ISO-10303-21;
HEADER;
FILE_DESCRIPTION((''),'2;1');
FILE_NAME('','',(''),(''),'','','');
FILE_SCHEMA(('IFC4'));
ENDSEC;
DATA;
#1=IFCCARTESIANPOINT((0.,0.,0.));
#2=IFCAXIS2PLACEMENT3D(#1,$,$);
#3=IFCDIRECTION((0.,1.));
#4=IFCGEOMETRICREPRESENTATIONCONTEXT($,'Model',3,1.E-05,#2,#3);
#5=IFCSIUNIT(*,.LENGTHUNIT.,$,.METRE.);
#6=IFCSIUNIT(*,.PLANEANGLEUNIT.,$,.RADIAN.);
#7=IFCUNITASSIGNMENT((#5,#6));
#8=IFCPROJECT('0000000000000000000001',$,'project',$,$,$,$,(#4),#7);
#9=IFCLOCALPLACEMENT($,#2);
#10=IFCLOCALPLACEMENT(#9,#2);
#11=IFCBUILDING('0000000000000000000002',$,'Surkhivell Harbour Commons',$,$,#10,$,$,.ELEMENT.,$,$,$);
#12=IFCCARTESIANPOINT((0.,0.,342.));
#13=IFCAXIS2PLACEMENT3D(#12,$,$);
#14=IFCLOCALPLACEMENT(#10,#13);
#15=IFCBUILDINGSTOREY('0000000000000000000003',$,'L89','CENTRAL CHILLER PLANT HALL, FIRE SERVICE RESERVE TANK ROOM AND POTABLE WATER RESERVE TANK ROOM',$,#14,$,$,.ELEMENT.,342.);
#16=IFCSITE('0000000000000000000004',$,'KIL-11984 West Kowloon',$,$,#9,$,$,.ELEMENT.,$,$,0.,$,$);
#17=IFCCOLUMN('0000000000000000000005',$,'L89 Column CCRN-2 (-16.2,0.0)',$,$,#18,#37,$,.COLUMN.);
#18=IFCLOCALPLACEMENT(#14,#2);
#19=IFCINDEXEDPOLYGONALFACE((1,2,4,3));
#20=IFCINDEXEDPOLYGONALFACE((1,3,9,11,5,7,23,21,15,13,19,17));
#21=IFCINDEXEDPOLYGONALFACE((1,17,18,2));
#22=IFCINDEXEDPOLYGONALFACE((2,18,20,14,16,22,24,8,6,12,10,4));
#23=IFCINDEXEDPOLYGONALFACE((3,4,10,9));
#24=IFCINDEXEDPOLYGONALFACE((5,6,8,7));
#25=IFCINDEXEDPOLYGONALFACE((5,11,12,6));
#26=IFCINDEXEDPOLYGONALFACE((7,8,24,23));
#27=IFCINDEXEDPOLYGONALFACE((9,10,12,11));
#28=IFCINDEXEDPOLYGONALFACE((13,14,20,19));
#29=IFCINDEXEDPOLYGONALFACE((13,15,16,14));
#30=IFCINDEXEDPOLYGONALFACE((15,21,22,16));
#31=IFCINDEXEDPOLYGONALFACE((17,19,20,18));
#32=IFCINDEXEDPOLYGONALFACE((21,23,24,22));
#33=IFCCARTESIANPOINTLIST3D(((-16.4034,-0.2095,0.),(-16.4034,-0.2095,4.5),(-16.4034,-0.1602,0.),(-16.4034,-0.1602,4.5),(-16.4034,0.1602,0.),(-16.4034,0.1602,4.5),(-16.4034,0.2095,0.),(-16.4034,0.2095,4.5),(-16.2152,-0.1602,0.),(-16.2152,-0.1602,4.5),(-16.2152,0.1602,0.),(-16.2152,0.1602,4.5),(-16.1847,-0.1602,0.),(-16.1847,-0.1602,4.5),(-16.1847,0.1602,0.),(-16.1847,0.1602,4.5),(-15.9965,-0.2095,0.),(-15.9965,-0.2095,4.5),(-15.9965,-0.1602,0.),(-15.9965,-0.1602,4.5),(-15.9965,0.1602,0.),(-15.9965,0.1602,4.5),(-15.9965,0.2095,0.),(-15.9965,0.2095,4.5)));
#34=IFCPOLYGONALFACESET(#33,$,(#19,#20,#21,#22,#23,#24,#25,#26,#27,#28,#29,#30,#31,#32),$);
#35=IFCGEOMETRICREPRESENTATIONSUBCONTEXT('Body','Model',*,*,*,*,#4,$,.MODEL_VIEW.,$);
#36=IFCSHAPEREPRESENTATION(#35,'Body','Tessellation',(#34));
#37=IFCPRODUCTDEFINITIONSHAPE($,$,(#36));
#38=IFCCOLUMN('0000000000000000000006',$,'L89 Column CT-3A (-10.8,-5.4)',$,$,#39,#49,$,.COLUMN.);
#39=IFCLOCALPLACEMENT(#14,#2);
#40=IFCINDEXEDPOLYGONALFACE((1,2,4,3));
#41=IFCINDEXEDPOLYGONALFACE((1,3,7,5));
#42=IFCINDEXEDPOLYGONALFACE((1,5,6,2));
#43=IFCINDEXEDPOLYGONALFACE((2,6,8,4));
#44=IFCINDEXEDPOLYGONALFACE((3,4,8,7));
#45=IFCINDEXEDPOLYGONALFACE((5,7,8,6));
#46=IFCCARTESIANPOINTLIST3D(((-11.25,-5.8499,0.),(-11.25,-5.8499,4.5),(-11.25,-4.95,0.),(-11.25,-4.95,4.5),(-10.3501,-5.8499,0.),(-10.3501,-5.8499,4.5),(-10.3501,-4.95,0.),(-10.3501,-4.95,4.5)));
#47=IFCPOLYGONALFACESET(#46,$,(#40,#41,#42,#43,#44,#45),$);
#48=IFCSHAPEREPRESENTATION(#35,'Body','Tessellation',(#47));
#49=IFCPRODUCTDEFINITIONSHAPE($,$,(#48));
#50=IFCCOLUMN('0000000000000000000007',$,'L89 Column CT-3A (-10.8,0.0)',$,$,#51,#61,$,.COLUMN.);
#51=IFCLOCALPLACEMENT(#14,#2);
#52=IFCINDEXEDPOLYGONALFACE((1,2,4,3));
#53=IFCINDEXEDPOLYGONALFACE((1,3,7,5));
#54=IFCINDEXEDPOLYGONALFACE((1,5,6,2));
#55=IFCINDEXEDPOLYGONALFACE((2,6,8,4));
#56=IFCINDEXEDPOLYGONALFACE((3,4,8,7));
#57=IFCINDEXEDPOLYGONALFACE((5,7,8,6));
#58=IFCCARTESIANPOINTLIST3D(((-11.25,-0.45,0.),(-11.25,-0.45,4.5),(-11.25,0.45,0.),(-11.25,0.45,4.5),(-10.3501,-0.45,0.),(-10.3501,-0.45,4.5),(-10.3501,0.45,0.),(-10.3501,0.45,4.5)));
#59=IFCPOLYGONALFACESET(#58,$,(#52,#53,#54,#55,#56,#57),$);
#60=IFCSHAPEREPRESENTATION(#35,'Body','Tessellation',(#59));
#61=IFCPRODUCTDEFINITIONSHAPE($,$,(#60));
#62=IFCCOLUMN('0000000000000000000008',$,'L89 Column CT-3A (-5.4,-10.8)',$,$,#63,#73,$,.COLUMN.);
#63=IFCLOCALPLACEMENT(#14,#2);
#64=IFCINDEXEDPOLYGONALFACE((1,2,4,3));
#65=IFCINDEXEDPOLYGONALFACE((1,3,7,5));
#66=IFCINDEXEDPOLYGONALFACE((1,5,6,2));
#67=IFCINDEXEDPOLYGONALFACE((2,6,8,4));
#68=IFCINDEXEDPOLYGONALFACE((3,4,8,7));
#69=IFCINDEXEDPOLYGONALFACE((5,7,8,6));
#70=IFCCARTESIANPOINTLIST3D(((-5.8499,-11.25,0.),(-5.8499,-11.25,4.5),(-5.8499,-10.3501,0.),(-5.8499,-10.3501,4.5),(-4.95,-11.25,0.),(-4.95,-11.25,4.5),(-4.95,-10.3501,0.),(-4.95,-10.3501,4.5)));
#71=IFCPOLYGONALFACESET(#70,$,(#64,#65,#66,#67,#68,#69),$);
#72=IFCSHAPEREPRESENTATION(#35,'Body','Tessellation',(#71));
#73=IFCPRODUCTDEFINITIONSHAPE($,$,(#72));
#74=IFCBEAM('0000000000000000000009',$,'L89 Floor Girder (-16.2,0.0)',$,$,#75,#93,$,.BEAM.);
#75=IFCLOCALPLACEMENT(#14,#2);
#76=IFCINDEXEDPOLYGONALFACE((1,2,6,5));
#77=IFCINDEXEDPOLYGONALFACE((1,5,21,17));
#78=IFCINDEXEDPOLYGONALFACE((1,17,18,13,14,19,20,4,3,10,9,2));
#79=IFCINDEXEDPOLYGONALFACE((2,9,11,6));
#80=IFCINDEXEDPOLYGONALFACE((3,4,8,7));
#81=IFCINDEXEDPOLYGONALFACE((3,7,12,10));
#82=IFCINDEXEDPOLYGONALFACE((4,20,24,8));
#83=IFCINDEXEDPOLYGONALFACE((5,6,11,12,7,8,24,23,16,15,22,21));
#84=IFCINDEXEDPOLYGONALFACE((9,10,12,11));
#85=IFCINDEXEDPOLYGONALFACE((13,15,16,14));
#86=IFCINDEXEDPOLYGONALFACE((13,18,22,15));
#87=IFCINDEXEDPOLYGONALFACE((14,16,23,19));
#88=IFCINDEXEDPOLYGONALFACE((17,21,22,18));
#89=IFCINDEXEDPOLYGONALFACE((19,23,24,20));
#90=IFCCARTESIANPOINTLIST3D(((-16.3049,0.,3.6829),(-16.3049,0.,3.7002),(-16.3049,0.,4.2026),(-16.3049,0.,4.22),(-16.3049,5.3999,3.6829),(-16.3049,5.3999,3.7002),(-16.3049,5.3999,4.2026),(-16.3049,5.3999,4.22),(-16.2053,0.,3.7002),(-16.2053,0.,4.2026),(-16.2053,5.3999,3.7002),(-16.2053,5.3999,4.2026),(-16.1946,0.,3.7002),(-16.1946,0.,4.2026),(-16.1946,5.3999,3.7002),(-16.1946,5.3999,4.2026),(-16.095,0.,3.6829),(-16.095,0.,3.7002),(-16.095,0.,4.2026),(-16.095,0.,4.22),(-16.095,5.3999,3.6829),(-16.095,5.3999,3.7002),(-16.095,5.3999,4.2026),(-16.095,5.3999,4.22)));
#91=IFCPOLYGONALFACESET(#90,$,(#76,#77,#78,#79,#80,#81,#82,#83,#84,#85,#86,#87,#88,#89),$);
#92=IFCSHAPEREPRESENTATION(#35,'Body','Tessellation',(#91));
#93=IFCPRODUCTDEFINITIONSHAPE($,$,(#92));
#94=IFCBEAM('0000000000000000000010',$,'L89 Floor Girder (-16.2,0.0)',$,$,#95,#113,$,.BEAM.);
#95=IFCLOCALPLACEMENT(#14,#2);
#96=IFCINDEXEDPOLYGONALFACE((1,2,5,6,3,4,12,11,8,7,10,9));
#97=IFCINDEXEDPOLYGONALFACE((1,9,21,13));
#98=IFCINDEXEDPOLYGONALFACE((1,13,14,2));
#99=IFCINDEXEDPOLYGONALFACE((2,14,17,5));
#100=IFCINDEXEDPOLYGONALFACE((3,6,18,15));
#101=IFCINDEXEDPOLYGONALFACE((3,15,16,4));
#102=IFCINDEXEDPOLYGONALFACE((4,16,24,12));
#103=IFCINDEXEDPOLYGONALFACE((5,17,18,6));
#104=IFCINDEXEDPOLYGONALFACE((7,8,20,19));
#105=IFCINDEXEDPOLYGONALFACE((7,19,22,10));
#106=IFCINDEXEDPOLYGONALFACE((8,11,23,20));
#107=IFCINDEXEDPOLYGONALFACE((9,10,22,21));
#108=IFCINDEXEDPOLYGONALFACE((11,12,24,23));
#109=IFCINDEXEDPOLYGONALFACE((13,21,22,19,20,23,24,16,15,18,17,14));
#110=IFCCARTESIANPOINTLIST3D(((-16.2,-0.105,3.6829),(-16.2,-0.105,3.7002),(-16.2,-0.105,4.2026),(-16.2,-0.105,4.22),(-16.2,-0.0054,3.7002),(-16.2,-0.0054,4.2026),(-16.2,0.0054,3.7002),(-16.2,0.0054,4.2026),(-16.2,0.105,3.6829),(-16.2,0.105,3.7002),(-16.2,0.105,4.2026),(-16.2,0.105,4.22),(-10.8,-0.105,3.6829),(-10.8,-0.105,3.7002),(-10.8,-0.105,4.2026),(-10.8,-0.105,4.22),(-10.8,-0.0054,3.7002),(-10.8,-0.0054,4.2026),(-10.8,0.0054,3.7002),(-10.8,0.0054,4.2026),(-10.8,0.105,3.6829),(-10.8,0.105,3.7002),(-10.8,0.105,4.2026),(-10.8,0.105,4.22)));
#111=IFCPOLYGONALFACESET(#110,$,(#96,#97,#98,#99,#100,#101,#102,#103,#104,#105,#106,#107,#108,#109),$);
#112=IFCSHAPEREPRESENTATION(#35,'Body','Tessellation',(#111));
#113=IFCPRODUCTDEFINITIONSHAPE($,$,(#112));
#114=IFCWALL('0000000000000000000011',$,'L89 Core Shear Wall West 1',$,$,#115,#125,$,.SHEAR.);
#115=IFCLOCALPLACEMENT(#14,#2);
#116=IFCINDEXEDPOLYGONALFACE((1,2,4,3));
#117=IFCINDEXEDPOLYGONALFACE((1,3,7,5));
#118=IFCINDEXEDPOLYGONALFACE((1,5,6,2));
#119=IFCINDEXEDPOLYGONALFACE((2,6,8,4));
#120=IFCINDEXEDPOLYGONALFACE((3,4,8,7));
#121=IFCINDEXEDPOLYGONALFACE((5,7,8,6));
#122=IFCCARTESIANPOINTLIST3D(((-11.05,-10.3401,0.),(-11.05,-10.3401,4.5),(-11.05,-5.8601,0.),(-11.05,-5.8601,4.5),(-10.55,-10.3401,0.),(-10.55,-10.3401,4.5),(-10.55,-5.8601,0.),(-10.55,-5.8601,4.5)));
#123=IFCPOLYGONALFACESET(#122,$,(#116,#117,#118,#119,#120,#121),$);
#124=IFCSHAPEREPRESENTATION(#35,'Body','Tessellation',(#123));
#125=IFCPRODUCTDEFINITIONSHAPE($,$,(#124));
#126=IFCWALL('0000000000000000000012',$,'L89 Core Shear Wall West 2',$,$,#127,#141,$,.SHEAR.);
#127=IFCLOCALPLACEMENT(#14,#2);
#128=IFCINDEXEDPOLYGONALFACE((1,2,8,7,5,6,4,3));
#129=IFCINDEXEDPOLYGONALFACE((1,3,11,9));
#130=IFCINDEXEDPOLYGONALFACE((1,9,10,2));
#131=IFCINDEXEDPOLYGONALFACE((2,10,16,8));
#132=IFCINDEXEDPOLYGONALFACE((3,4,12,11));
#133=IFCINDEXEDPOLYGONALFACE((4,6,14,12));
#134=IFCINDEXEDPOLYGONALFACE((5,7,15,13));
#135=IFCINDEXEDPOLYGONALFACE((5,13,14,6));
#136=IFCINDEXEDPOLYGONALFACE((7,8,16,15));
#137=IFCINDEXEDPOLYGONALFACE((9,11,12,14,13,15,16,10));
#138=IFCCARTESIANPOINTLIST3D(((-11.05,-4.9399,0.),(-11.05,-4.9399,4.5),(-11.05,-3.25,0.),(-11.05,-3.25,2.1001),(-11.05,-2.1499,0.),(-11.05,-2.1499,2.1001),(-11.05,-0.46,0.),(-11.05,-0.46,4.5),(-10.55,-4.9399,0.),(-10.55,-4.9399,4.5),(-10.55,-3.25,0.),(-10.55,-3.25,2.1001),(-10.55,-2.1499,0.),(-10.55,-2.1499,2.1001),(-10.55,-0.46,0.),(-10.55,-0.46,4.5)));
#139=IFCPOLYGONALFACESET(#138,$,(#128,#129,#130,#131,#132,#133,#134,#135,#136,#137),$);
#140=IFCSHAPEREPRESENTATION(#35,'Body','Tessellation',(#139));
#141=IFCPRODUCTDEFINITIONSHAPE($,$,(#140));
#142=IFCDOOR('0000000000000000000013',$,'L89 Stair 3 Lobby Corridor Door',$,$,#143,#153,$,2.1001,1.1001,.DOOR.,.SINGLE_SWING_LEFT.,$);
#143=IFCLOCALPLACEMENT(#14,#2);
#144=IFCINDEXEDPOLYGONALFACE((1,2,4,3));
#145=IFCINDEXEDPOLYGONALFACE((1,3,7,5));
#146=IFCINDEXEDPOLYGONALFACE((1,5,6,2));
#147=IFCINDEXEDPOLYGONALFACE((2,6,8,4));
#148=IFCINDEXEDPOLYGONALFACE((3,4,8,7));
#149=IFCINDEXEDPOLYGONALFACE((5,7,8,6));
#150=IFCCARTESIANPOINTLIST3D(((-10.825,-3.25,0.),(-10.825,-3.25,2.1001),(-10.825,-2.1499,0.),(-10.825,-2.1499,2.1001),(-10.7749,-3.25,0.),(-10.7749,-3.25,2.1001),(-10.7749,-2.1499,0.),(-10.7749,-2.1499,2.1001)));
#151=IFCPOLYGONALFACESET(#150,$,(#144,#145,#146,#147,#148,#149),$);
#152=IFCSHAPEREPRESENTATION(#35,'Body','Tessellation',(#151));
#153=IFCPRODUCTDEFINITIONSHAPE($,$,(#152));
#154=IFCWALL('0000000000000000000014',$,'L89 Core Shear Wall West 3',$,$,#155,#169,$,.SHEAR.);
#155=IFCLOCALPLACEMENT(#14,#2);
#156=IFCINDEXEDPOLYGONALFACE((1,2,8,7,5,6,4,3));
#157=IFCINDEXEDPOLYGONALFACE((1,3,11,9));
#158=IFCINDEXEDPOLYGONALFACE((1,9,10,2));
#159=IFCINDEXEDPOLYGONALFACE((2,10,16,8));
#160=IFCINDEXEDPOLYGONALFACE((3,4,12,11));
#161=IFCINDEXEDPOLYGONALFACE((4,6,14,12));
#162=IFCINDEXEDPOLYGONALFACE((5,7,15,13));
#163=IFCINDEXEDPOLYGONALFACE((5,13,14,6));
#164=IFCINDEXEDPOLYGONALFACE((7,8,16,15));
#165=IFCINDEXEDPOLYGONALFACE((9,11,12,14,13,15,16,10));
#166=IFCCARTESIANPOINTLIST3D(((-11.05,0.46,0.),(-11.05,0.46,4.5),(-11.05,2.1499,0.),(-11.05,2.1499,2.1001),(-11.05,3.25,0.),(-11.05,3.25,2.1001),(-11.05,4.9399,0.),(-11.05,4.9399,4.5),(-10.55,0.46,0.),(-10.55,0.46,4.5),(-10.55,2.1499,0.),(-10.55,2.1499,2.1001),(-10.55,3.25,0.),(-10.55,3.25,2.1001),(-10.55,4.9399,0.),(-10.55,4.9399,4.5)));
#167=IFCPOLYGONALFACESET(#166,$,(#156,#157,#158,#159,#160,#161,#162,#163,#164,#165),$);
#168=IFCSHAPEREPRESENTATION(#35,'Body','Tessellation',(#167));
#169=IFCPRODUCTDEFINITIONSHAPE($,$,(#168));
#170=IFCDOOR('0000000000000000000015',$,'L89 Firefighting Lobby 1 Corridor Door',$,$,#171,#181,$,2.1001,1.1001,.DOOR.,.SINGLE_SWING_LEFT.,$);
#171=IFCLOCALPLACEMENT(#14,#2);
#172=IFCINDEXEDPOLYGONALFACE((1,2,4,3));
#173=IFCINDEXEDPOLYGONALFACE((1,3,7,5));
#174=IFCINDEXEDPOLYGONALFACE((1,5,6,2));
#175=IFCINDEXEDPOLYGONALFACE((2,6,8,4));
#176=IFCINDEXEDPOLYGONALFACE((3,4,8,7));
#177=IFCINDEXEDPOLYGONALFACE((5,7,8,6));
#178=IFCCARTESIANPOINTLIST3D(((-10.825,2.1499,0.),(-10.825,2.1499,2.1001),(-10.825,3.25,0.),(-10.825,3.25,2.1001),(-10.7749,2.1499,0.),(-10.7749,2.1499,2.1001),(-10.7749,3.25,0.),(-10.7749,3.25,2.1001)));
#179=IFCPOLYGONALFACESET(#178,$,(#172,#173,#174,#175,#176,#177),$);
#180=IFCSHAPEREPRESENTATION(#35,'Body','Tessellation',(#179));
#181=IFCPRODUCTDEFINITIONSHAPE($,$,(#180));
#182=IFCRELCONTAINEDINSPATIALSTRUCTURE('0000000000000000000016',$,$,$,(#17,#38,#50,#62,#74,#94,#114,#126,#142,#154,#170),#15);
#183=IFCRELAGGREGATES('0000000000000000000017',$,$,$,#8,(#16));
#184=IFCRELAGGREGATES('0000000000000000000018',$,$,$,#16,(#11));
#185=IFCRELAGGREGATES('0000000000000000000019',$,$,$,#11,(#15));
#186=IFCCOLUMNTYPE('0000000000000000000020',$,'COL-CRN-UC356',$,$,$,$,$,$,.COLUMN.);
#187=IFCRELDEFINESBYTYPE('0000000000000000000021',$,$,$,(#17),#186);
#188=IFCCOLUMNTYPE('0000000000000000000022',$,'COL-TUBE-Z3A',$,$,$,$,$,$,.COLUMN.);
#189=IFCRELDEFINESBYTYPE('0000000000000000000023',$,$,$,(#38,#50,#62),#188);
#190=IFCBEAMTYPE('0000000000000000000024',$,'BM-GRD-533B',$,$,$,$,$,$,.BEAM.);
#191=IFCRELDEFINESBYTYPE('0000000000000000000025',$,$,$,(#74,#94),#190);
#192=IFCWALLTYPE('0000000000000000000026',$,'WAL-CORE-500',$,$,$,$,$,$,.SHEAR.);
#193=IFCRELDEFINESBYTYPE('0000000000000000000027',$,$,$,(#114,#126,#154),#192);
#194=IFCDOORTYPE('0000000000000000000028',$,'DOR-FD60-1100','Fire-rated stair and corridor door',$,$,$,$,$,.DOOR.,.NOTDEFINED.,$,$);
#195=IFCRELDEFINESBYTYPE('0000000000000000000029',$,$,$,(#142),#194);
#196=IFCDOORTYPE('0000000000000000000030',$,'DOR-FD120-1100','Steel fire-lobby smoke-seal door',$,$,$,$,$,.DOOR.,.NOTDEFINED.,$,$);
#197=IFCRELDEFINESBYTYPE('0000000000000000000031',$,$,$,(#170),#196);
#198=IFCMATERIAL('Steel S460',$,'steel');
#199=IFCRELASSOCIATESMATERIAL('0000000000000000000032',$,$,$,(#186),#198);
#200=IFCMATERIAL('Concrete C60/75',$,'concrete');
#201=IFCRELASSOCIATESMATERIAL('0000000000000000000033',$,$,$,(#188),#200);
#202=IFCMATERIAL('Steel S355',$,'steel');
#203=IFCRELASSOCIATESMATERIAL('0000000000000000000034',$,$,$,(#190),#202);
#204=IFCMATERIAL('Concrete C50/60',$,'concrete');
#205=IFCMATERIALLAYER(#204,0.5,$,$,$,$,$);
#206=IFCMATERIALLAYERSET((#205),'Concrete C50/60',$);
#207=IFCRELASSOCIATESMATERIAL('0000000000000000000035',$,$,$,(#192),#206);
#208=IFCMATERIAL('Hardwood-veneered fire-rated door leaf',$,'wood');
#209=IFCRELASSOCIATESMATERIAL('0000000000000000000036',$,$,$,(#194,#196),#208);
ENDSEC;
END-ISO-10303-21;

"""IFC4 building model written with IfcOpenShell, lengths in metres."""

from ifc_helpers import new_model, si_unit, direction, frame, frame_2d, origin, origin_2d, place, context, subcontext, project, spatial, rectangle, i_section, extrude, material, layer, layer_set, material_profile, profile_set, type_object, element, fill, save


model = new_model("IFC4")

# Units and contexts
model_context = context("Model", 3, precision=1e-05, world=origin(), true_north=direction((0.0, 1.0)))
body_context = subcontext(model_context, "Body", "Model", "MODEL_VIEW")
ifc_project = project(units=[si_unit("LENGTHUNIT", "METRE"), si_unit("PLANEANGLEUNIT", "RADIAN")], contexts=[model_context])

# Site, building, storey
site_placement = place(None, origin())
site = spatial("IfcSite", under=ifc_project, at=site_placement, Name="KIL-11984 West Kowloon", CompositionType="ELEMENT", RefElevation=0.0)
building_placement = place(site_placement, origin())
building = spatial("IfcBuilding", under=site, at=building_placement, Name="Surkhivell Harbour Commons", CompositionType="ELEMENT")
storey_placement = place(building_placement, frame((0.0, 0.0, 342.0)))
storey = spatial("IfcBuildingStorey", under=building, at=storey_placement, Name="L89", Description="CENTRAL CHILLER PLANT HALL, FIRE SERVICE RESERVE TANK ROOM AND POTABLE WATER RESERVE TANK ROOM", CompositionType="ELEMENT", Elevation=342.0)

# Columns
ifc_material_1 = material(Name="Steel S460", Category="steel")
ifc_material_profile_1 = material_profile(ifc_material_1, i_section(OverallWidth=0.407, OverallDepth=0.4189, WebThickness=0.0305, FlangeThickness=0.0493, at=origin_2d()), Name="UC356x406x393")
ifc_profile_set_1 = profile_set([ifc_material_profile_1], Name="Steel S460")
column_type_1 = type_object("IfcColumnType", Name="COL-CRN-UC356", PredefinedType="COLUMN", material=ifc_profile_set_1)
column_placement = place(storey_placement, frame((-16.2, 0.0, 0.0), z_axis=(0.0, 0.0, 1.0), x_axis=(1.0, 0.0, 0.0)))
element("IfcColumn", 1, at=column_placement, inside=storey, type_object=column_type_1, Name="L89 Column CCRN-2 (-16.2,0.0)", PredefinedType="COLUMN", context=body_context, shape_type="SweptSolid", body=[
    extrude(i_section(OverallWidth=0.407, OverallDepth=0.4189, WebThickness=0.0305, FlangeThickness=0.0493, at=origin_2d()), origin(), (0.0, 0.0, 1.0), 4.5),
])
ifc_material_2 = material(Name="Concrete C60/75", Category="concrete")
ifc_material_profile_2 = material_profile(ifc_material_2, rectangle(XDim=0.8999, YDim=0.8999, at=origin_2d()), Name="RC-COL-900x900")
ifc_profile_set_2 = profile_set([ifc_material_profile_2], Name="Concrete C60/75")
column_type_2 = type_object("IfcColumnType", Name="COL-TUBE-Z3A", PredefinedType="COLUMN", material=ifc_profile_set_2)
for number, where, z_axis, x_axis, name in (
    (2, (-10.8, -5.3999, 0.0), (0.0, 0.0, 1.0), (1.0, 0.0, 0.0), "L89 Column CT-3A (-10.8,-5.4)"),
    (3, (-10.8, 0.0, 0.0), (0.0, 0.0, 1.0), (1.0, 0.0, 0.0), "L89 Column CT-3A (-10.8,0.0)"),
    (4, (-5.3999, -10.8, 0.0), (0.0, 0.0, 1.0), (1.0, 0.0, 0.0), "L89 Column CT-3A (-5.4,-10.8)"),
):
    element("IfcColumn", number, at=place(storey_placement, frame(where, z_axis=z_axis, x_axis=x_axis)), inside=storey, type_object=column_type_2, Name=name, PredefinedType="COLUMN", context=body_context, shape_type="SweptSolid", body=[
        extrude(rectangle(XDim=0.8999, YDim=0.8999, at=origin_2d()), origin(), (0.0, 0.0, 1.0), 4.5),
    ])

# Beams
ifc_material_3 = material(Name="Steel S355", Category="steel")
ifc_material_profile_3 = material_profile(ifc_material_3, i_section(OverallWidth=0.21, OverallDepth=0.5371, WebThickness=0.0107, FlangeThickness=0.0173, at=origin_2d()), Name="UB533x210x101")
ifc_profile_set_3 = profile_set([ifc_material_profile_3], Name="Steel S355")
beam_type = type_object("IfcBeamType", Name="BM-GRD-533B", PredefinedType="BEAM", material=ifc_profile_set_3)
for number, where, z_axis, x_axis, name in (
    (5, (-16.2, 0.0, 3.9514), (0.0, 1.0, 0.0), (-1.0, 0.0, 0.0), "L89 Floor Girder (-16.2,0.0)"),
    (6, (-16.2, 0.0, 3.9514), (1.0, 0.0, 0.0), (0.0, 1.0, 0.0), "L89 Floor Girder (-16.2,0.0)"),
):
    element("IfcBeam", number, at=place(storey_placement, frame(where, z_axis=z_axis, x_axis=x_axis)), inside=storey, type_object=beam_type, Name=name, PredefinedType="BEAM", context=body_context, shape_type="SweptSolid", body=[
        extrude(i_section(OverallWidth=0.21, OverallDepth=0.5371, WebThickness=0.0107, FlangeThickness=0.0173, at=origin_2d()), origin(), (0.0, 0.0, 1.0), 5.3999),
    ])

# Wall
ifc_material_4 = material(Name="Concrete C50/60", Category="concrete")
ifc_layer_1 = layer(ifc_material_4, 0.5)
ifc_layer_set_1 = layer_set([ifc_layer_1], Name="Concrete C50/60")
wall_type_1 = type_object("IfcWallType", Name="WAL-CORE-500", PredefinedType="SHEAR", material=ifc_layer_set_1)
wall_1_placement = place(storey_placement, frame((-10.8, -10.3401, 0.0), z_axis=(0.0, 0.0, 1.0), x_axis=(0.0, 1.0, 0.0)))
element("IfcWall", 7, at=wall_1_placement, inside=storey, type_object=wall_type_1, Name="L89 Core Shear Wall West 1", PredefinedType="SHEAR", context=body_context, shape_type="SweptSolid", body=[
    extrude(rectangle(XDim=4.48, YDim=0.5, at=frame_2d((2.24, 0.0))), origin(), (0.0, 0.0, 1.0), 4.5),
])

# Walls, openings, doors
wall_2_placement = place(storey_placement, frame((-10.8, -4.9399, 0.0), z_axis=(0.0, 0.0, 1.0), x_axis=(0.0, 1.0, 0.0)))
wall_2 = element("IfcWall", 8, at=wall_2_placement, inside=storey, type_object=wall_type_1, Name="L89 Core Shear Wall West 2", PredefinedType="SHEAR", context=body_context, shape_type="SweptSolid", body=[
    extrude(rectangle(XDim=4.48, YDim=0.5, at=frame_2d((2.24, 0.0))), origin(), (0.0, 0.0, 1.0), 4.5),
])
opening_1_placement = place(wall_2_placement, frame((1.6899, 0.0, 0.0)))
opening_1 = element("IfcOpeningElement", 9, at=opening_1_placement, cuts=wall_2, PredefinedType="OPENING", context=body_context, shape_type="SweptSolid", body=[
    extrude(rectangle(XDim=1.1001, YDim=2.1001, at=frame_2d((0.55, 1.05))), frame((0.0, 0.26, 0.0), z_axis=(0.0, -1.0, 0.0), x_axis=(1.0, 0.0, 0.0)), (0.0, 0.0, 1.0), 0.52),
])
ifc_material_5 = material(Name="Hardwood-veneered fire-rated door leaf", Category="wood")
door_type_1 = type_object("IfcDoorType", Name="DOR-FD60-1100", Description="Fire-rated stair and corridor door", OperationType="NOTDEFINED", PredefinedType="DOOR", material=ifc_material_5)
door_1_placement = place(opening_1_placement, origin())
door_1 = element("IfcDoor", 10, at=door_1_placement, inside=storey, type_object=door_type_1, Name="L89 Stair 3 Lobby Corridor Door", OperationType="SINGLE_SWING_LEFT", OverallHeight=2.1001, OverallWidth=1.1001, PredefinedType="DOOR", context=body_context, shape_type="SweptSolid", body=[
    extrude(rectangle(XDim=1.1001, YDim=2.1001, at=frame_2d((0.55, 1.05))), frame((0.0, 0.0249, 0.0), z_axis=(0.0, -1.0, 0.0), x_axis=(1.0, 0.0, 0.0)), (0.0, 0.0, 1.0), 0.05),
])
fill(opening_1, door_1)
wall_3_placement = place(storey_placement, frame((-10.8, 0.46, 0.0), z_axis=(0.0, 0.0, 1.0), x_axis=(0.0, 1.0, 0.0)))
wall_3 = element("IfcWall", 11, at=wall_3_placement, inside=storey, type_object=wall_type_1, Name="L89 Core Shear Wall West 3", PredefinedType="SHEAR", context=body_context, shape_type="SweptSolid", body=[
    extrude(rectangle(XDim=4.48, YDim=0.5, at=frame_2d((2.24, 0.0))), origin(), (0.0, 0.0, 1.0), 4.5),
])
opening_2_placement = place(wall_3_placement, frame((1.6899, 0.0, 0.0)))
opening_2 = element("IfcOpeningElement", 12, at=opening_2_placement, cuts=wall_3, PredefinedType="OPENING", context=body_context, shape_type="SweptSolid", body=[
    extrude(rectangle(XDim=1.1001, YDim=2.1001, at=frame_2d((0.55, 1.05))), frame((0.0, 0.26, 0.0), z_axis=(0.0, -1.0, 0.0), x_axis=(1.0, 0.0, 0.0)), (0.0, 0.0, 1.0), 0.52),
])
door_type_2 = type_object("IfcDoorType", Name="DOR-FD120-1100", Description="Steel fire-lobby smoke-seal door", OperationType="NOTDEFINED", PredefinedType="DOOR", material=ifc_material_5)
door_2_placement = place(opening_2_placement, origin())
door_2 = element("IfcDoor", 13, at=door_2_placement, inside=storey, type_object=door_type_2, Name="L89 Firefighting Lobby 1 Corridor Door", OperationType="SINGLE_SWING_LEFT", OverallHeight=2.1001, OverallWidth=1.1001, PredefinedType="DOOR", context=body_context, shape_type="SweptSolid", body=[
    extrude(rectangle(XDim=1.1001, YDim=2.1001, at=frame_2d((0.55, 1.05))), frame((0.0, 0.0249, 0.0), z_axis=(0.0, -1.0, 0.0), x_axis=(1.0, 0.0, 0.0)), (0.0, 0.0, 1.0), 0.05),
])
fill(opening_2, door_2)

save(model, "model.ifc")
